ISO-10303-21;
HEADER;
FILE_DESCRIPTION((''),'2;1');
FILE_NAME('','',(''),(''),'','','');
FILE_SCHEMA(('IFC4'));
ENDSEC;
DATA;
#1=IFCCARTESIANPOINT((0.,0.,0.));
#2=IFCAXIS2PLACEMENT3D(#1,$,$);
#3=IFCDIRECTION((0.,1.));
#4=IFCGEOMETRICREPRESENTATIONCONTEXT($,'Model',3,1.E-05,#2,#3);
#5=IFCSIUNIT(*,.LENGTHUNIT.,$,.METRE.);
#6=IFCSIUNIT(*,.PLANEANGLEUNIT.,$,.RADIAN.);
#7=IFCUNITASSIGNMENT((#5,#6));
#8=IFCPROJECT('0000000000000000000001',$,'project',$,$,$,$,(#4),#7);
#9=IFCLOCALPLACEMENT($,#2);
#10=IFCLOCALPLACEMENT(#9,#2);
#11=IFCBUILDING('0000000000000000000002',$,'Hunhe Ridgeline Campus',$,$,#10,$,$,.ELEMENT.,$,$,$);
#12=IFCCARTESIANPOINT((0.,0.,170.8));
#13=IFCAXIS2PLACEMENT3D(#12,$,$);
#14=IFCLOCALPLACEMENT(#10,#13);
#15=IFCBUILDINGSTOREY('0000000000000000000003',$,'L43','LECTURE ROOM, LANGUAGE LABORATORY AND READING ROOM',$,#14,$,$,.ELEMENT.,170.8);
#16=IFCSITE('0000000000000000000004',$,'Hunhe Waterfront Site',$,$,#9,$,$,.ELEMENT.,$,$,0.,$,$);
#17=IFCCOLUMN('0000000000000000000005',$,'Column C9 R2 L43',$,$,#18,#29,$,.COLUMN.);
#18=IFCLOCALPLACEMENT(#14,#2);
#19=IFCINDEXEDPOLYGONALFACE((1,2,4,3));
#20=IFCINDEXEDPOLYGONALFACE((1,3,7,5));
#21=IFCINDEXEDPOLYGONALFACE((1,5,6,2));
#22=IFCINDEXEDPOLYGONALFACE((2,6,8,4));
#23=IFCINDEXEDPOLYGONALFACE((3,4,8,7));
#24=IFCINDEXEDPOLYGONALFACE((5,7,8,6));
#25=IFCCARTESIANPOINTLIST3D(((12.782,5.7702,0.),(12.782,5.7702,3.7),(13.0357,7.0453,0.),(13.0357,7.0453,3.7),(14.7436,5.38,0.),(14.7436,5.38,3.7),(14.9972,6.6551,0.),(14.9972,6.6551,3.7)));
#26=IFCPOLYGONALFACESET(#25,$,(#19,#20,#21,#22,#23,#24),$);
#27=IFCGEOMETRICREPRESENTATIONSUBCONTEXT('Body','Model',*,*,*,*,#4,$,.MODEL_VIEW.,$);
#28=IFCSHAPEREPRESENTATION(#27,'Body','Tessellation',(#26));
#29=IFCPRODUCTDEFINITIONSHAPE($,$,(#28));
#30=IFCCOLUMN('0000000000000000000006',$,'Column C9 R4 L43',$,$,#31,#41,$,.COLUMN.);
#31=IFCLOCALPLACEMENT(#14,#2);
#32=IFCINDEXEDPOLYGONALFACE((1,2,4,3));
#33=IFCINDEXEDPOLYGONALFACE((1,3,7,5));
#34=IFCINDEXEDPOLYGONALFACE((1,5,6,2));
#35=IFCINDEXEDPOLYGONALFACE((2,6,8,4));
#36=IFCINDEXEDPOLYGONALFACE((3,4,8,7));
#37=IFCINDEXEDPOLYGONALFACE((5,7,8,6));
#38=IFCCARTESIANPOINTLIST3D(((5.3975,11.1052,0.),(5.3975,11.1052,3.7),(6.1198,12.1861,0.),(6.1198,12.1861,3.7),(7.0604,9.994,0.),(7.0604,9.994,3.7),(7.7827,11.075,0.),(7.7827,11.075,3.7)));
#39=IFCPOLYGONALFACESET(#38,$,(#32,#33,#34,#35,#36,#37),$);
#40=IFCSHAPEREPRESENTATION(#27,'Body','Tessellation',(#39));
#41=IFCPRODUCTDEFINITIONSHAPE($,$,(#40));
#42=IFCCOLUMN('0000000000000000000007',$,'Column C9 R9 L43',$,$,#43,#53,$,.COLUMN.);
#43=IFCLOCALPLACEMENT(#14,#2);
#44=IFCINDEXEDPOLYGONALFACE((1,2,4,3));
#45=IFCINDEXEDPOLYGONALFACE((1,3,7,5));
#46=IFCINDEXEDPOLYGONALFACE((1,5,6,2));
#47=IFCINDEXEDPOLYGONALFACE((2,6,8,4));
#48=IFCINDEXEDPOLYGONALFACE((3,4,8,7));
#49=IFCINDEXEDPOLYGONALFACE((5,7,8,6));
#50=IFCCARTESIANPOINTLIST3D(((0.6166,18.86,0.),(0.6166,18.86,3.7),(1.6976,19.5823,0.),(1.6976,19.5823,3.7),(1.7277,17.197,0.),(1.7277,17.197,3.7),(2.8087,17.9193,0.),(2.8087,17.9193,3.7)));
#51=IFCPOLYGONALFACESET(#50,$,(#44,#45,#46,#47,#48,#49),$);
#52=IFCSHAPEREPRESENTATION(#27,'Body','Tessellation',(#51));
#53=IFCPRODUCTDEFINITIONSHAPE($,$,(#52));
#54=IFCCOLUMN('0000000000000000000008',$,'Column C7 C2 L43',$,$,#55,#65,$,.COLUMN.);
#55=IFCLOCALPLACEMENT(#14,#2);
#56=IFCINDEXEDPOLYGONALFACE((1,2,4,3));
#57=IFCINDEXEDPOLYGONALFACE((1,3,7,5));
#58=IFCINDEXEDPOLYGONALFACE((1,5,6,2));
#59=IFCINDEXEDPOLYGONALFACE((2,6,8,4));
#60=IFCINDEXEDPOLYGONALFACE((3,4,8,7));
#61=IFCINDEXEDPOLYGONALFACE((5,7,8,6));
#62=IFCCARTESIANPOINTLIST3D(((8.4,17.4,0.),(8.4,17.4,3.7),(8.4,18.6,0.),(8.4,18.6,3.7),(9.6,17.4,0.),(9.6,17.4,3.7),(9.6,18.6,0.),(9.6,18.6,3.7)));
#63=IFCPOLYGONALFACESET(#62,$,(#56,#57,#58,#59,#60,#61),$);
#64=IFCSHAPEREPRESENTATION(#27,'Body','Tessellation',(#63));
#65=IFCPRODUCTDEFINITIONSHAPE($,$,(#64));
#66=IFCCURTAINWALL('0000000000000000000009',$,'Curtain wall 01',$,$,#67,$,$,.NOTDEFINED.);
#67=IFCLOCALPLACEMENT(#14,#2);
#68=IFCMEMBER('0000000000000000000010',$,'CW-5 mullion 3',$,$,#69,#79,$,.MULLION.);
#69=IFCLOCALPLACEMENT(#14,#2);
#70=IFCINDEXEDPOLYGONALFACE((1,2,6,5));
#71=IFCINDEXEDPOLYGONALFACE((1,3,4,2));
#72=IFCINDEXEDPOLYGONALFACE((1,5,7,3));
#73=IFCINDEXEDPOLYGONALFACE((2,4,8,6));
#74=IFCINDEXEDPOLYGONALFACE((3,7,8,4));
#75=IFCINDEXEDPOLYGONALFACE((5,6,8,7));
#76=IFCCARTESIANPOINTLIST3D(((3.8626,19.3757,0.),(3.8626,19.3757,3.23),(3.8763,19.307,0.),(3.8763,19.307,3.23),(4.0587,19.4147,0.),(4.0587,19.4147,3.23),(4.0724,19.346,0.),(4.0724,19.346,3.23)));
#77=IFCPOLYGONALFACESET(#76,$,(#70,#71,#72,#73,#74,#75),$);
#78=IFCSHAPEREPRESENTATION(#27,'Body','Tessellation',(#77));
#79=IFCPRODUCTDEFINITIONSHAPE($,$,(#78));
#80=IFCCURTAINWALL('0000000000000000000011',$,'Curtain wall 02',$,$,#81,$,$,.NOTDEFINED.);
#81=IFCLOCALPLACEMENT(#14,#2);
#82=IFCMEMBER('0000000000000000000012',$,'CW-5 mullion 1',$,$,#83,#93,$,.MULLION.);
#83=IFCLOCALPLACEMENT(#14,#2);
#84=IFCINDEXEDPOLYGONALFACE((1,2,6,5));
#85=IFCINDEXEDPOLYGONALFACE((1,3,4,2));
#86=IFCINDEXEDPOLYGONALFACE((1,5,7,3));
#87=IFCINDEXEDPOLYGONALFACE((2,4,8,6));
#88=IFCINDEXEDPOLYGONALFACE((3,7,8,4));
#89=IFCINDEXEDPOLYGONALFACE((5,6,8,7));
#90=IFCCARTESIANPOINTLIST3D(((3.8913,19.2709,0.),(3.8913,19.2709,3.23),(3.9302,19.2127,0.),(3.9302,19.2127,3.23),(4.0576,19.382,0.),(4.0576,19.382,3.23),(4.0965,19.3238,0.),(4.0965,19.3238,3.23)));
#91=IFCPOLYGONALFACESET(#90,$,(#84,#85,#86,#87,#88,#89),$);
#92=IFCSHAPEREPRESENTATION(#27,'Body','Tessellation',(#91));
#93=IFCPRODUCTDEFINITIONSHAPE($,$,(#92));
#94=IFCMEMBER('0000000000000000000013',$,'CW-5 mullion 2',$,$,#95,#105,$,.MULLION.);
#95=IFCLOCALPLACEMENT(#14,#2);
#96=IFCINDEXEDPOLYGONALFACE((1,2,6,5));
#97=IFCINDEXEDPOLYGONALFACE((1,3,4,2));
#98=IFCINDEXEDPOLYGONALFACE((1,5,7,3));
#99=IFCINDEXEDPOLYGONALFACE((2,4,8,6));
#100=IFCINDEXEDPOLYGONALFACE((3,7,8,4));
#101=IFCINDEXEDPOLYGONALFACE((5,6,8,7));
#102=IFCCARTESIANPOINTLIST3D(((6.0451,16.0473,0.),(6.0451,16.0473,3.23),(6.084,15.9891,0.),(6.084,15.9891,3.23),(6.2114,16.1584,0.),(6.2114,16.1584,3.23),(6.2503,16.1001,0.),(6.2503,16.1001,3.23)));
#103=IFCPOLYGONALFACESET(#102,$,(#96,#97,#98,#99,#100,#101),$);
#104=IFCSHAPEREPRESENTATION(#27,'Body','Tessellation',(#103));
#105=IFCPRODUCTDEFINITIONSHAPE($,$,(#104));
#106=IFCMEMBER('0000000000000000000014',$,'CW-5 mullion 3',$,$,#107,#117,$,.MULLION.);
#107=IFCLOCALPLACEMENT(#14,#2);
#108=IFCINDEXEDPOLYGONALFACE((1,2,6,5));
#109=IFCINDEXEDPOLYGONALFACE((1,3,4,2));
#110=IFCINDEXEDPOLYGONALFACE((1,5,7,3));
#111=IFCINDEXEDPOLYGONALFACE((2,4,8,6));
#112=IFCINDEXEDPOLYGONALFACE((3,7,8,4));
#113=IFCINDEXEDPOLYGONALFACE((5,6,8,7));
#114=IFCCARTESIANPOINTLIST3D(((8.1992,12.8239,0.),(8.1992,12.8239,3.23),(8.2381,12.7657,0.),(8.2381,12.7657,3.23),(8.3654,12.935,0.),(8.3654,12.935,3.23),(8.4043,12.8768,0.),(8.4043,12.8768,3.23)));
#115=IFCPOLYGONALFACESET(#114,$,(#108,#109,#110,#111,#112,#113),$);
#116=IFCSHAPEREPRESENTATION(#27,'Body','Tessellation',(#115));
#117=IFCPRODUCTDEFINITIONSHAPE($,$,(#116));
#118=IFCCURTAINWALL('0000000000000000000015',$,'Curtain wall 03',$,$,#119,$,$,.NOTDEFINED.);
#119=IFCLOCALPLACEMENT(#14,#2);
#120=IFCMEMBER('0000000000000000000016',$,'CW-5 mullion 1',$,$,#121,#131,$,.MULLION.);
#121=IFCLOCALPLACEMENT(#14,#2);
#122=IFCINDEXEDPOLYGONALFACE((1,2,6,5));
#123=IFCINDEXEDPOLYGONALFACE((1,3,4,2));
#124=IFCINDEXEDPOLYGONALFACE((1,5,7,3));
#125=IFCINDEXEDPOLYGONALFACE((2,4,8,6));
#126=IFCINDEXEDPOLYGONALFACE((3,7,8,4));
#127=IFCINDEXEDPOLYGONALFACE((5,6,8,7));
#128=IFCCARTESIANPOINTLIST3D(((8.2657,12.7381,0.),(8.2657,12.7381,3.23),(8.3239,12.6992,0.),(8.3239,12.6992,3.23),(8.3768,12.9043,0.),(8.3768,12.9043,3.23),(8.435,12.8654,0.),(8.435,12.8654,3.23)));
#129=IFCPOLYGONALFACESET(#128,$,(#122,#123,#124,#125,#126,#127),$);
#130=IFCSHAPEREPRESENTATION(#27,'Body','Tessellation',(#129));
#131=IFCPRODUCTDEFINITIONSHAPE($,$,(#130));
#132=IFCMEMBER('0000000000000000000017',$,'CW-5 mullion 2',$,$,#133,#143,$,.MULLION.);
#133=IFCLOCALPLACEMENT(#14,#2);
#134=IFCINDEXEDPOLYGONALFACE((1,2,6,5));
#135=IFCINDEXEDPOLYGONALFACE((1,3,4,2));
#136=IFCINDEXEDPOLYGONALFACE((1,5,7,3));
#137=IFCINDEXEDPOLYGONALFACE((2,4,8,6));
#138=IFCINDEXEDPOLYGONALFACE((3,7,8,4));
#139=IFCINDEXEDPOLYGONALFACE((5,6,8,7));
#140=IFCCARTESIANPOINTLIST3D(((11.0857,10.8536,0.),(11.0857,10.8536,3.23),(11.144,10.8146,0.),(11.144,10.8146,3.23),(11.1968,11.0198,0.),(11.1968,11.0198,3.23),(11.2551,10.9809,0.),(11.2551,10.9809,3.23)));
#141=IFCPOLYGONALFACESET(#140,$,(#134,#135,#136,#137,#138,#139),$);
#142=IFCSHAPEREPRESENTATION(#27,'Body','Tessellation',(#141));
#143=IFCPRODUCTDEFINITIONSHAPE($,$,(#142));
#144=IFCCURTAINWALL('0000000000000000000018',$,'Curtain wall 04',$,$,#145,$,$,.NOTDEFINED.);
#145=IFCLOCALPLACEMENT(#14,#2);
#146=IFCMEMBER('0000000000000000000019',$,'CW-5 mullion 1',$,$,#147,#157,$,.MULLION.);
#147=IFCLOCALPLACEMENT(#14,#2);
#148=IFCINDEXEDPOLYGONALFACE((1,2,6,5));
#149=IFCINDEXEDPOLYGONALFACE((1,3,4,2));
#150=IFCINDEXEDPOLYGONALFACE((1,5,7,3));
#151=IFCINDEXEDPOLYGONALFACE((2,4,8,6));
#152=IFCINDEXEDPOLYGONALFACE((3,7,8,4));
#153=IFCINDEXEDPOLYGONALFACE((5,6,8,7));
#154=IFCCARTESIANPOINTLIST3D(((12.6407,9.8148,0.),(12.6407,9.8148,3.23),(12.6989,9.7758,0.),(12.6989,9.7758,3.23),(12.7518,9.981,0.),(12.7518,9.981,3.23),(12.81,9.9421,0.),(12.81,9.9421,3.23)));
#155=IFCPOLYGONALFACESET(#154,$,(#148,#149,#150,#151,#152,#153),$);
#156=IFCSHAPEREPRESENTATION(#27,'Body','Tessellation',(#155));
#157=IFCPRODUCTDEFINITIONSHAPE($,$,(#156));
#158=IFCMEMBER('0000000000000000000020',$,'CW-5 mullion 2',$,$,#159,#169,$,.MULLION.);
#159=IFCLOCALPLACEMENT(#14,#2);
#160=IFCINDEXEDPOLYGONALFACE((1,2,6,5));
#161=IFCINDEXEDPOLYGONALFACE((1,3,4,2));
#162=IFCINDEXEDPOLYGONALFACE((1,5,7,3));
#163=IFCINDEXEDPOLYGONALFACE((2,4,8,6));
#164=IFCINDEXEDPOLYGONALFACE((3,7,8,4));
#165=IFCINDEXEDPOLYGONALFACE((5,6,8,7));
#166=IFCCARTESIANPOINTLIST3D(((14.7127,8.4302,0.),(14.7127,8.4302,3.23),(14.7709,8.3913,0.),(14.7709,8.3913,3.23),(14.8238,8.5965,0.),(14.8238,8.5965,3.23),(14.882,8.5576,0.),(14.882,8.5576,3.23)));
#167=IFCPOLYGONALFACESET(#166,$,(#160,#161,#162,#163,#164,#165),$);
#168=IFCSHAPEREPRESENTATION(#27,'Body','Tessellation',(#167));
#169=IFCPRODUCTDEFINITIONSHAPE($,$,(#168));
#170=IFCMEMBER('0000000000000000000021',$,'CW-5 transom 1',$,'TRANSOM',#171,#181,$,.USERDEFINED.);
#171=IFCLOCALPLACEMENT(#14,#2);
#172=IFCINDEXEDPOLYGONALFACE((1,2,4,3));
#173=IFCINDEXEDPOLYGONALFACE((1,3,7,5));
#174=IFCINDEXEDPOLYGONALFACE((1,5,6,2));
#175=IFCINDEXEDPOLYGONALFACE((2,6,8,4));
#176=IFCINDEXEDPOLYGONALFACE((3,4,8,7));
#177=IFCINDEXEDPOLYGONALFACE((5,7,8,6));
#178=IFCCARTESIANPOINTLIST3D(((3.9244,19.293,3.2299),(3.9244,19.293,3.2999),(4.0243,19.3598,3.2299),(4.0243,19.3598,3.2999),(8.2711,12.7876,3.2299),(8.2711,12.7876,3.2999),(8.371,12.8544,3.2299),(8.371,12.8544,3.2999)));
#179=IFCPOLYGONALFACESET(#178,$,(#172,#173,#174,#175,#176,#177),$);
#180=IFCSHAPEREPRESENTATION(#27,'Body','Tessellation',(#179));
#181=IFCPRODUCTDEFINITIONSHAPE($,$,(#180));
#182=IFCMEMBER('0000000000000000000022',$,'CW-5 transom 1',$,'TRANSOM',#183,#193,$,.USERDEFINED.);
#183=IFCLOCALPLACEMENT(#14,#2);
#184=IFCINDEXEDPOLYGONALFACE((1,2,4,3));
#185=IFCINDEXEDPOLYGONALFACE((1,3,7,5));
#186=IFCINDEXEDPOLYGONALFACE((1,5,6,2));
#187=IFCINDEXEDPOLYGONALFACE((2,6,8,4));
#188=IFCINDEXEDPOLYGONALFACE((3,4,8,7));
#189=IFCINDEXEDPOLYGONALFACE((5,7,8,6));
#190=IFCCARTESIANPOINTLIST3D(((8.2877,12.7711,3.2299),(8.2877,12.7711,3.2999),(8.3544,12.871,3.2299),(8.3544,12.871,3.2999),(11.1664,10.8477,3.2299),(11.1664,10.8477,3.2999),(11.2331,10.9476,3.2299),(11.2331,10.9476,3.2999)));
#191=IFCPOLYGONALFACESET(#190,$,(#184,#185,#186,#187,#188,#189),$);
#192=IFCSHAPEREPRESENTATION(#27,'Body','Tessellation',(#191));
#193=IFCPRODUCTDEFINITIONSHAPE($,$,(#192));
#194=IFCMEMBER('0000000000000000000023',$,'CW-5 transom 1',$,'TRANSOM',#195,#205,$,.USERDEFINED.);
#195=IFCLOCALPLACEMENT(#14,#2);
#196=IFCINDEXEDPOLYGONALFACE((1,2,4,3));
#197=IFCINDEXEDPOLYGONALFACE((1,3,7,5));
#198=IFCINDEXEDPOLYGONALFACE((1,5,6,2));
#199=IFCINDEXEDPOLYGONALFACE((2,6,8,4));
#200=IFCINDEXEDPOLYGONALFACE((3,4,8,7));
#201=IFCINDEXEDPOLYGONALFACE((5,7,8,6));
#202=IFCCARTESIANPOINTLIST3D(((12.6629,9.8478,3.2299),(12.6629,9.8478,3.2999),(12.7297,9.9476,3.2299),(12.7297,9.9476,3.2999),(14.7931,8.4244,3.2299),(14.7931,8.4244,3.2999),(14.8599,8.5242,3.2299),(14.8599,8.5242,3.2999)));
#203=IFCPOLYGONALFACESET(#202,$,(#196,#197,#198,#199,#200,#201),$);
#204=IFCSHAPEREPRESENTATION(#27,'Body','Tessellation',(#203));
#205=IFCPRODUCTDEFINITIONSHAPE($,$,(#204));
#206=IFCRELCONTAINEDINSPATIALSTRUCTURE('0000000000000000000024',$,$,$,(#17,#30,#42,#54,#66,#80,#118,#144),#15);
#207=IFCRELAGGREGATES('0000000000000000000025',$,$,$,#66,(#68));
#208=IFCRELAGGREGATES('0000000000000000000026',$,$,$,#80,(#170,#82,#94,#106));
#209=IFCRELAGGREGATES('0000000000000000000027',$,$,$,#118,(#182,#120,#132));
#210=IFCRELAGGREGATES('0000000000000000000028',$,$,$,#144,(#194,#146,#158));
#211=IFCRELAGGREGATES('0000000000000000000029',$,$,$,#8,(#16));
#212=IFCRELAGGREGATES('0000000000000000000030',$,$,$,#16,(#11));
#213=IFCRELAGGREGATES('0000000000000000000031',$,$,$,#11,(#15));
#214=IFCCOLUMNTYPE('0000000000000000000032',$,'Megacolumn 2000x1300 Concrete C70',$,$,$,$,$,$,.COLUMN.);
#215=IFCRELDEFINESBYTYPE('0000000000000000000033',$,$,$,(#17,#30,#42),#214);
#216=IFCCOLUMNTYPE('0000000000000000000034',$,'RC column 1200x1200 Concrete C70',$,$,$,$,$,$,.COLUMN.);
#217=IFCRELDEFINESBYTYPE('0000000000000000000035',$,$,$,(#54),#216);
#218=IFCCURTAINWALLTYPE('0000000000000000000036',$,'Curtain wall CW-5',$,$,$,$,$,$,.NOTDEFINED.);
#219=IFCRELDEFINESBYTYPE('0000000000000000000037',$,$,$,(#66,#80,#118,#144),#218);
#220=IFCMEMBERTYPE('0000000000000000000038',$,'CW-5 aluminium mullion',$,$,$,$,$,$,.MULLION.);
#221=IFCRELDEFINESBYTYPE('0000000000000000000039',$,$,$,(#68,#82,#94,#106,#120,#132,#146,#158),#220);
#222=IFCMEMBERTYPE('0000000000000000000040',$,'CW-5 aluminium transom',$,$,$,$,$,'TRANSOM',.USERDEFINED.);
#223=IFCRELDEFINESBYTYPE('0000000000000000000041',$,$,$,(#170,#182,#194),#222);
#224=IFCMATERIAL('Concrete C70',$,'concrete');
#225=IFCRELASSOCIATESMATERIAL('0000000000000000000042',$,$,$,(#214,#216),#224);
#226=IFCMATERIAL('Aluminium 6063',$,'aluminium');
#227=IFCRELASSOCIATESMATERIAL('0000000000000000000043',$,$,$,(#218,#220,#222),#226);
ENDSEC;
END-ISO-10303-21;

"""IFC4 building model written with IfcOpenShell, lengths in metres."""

from ifc_helpers import new_model, si_unit, direction, frame, origin, origin_2d, place, context, subcontext, project, spatial, rectangle, extrude, material, material_profile, profile_set, type_object, element, aggregate, save


model = new_model("IFC4")

# Units and contexts
model_context = context("Model", 3, precision=1e-05, world=origin(), true_north=direction((0.0, 1.0)))
body_context = subcontext(model_context, "Body", "Model", "MODEL_VIEW")
ifc_project = project(units=[si_unit("LENGTHUNIT", "METRE"), si_unit("PLANEANGLEUNIT", "RADIAN")], contexts=[model_context])

# Site, building, storey
site_placement = place(None, origin())
site = spatial("IfcSite", under=ifc_project, at=site_placement, Name="Hunhe Waterfront Site", CompositionType="ELEMENT", RefElevation=0.0)
building_placement = place(site_placement, origin())
building = spatial("IfcBuilding", under=site, at=building_placement, Name="Hunhe Ridgeline Campus", CompositionType="ELEMENT")
storey_placement = place(building_placement, frame((0.0, 0.0, 170.8)))
storey = spatial("IfcBuildingStorey", under=building, at=storey_placement, Name="L43", Description="LECTURE ROOM, LANGUAGE LABORATORY AND READING ROOM", CompositionType="ELEMENT", Elevation=170.8)

# Columns
ifc_material_1 = material(Name="Concrete C70", Category="concrete")
ifc_material_profile_1 = material_profile(ifc_material_1, rectangle(XDim=2.0, YDim=1.3, at=origin_2d()))
ifc_profile_set_1 = profile_set([ifc_material_profile_1], Name="Concrete C70")
column_type_1 = type_object("IfcColumnType", Name="Megacolumn 2000x1300 Concrete C70", PredefinedType="COLUMN", material=ifc_profile_set_1)
for number, where, z_axis, x_axis, name in (
    (1, (13.8896, 6.2126, 0.0), (0.0, 0.0, 1.0), (-0.980785, 0.19509, 0.0), "Column C9 R2 L43"),
    (2, (6.5901, 11.0901, 0.0), (0.0, 0.0, 1.0), (-0.83147, 0.55557, 0.0), "Column C9 R4 L43"),
    (3, (1.7126, 18.3896, 0.0), (0.0, 0.0, 1.0), (-0.55557, 0.83147, 0.0), "Column C9 R9 L43"),
):
    element("IfcColumn", number, at=place(storey_placement, frame(where, z_axis=z_axis, x_axis=x_axis)), inside=storey, type_object=column_type_1, Name=name, PredefinedType="COLUMN", context=body_context, shape_type="SweptSolid", body=[
        extrude(rectangle(XDim=2.0, YDim=1.3, at=origin_2d()), origin(), (0.0, 0.0, 1.0), 3.7),
    ])
ifc_material_profile_2 = material_profile(ifc_material_1, rectangle(XDim=1.2, YDim=1.2, at=origin_2d()))
ifc_profile_set_2 = profile_set([ifc_material_profile_2], Name="Concrete C70")
column_type_2 = type_object("IfcColumnType", Name="RC column 1200x1200 Concrete C70", PredefinedType="COLUMN", material=ifc_profile_set_2)
column_placement = place(storey_placement, frame((9.0, 18.0, 0.0), z_axis=(0.0, 0.0, 1.0), x_axis=(1.0, 0.0, 0.0)))
element("IfcColumn", 4, at=column_placement, inside=storey, type_object=column_type_2, Name="Column C7 C2 L43", PredefinedType="COLUMN", context=body_context, shape_type="SweptSolid", body=[
    extrude(rectangle(XDim=1.2, YDim=1.2, at=origin_2d()), origin(), (0.0, 0.0, 1.0), 3.7),
])

# Curtain wall, member
ifc_material_2 = material(Name="Aluminium 6063", Category="aluminium")
curtain_wall_type = type_object("IfcCurtainWallType", Name="Curtain wall CW-5", PredefinedType="NOTDEFINED", material=ifc_material_2)
curtain_wall_1_placement = place(storey_placement, origin())
curtain_wall_1 = element("IfcCurtainWall", 5, at=curtain_wall_1_placement, inside=storey, type_object=curtain_wall_type, Name="Curtain wall 01", PredefinedType="NOTDEFINED")
ifc_material_profile_3 = material_profile(ifc_material_2, rectangle(XDim=0.2, YDim=0.0701, at=origin_2d()))
ifc_profile_set_3 = profile_set([ifc_material_profile_3], Name="Aluminium 6063")
member_type_1 = type_object("IfcMemberType", Name="CW-5 aluminium mullion", PredefinedType="MULLION", material=ifc_profile_set_3)
member_1_placement = place(storey_placement, frame((3.9675, 19.3608, 0.0), z_axis=(0.0, 0.0, 1.0), x_axis=(0.980784, 0.195095, 0.0)))
member_1 = element("IfcMember", 6, at=member_1_placement, type_object=member_type_1, Name="CW-5 mullion 3", PredefinedType="MULLION", context=body_context, shape_type="SweptSolid", body=[
    extrude(rectangle(XDim=0.2, YDim=0.0701, at=origin_2d()), origin(), (0.0, 0.0, 1.0), 3.23),
])
aggregate(curtain_wall_1, [member_1])

# Curtain walls, members
curtain_wall_2_placement = place(storey_placement, origin())
curtain_wall_2 = element("IfcCurtainWall", 7, at=curtain_wall_2_placement, inside=storey, type_object=curtain_wall_type, Name="Curtain wall 02", PredefinedType="NOTDEFINED")
member_2_placement = place(storey_placement, frame((3.9939, 19.2974, 0.0), z_axis=(0.0, 0.0, 1.0), x_axis=(0.83147, 0.55557, 0.0)))
member_2 = element("IfcMember", 8, at=member_2_placement, type_object=member_type_1, Name="CW-5 mullion 1", PredefinedType="MULLION", context=body_context, shape_type="SweptSolid", body=[
    extrude(rectangle(XDim=0.2, YDim=0.0701, at=origin_2d()), origin(), (0.0, 0.0, 1.0), 3.23),
])
member_3_placement = place(storey_placement, frame((6.1477, 16.0737, 0.0), z_axis=(0.0, 0.0, 1.0), x_axis=(0.83147, 0.55557, 0.0)))
member_3 = element("IfcMember", 9, at=member_3_placement, type_object=member_type_1, Name="CW-5 mullion 2", PredefinedType="MULLION", context=body_context, shape_type="SweptSolid", body=[
    extrude(rectangle(XDim=0.2, YDim=0.0701, at=origin_2d()), origin(), (0.0, 0.0, 1.0), 3.23),
])
member_4_placement = place(storey_placement, frame((8.3018, 12.8503, 0.0), z_axis=(0.0, 0.0, 1.0), x_axis=(0.83147, 0.55557, 0.0)))
member_4 = element("IfcMember", 10, at=member_4_placement, type_object=member_type_1, Name="CW-5 mullion 3", PredefinedType="MULLION", context=body_context, shape_type="SweptSolid", body=[
    extrude(rectangle(XDim=0.2, YDim=0.0701, at=origin_2d()), origin(), (0.0, 0.0, 1.0), 3.23),
])
curtain_wall_3_placement = place(storey_placement, origin())
curtain_wall_3 = element("IfcCurtainWall", 11, at=curtain_wall_3_placement, inside=storey, type_object=curtain_wall_type, Name="Curtain wall 03", PredefinedType="NOTDEFINED")
member_5_placement = place(storey_placement, frame((8.3503, 12.8018, 0.0), z_axis=(0.0, 0.0, 1.0), x_axis=(0.55557, 0.83147, 0.0)))
member_5 = element("IfcMember", 12, at=member_5_placement, type_object=member_type_1, Name="CW-5 mullion 1", PredefinedType="MULLION", context=body_context, shape_type="SweptSolid", body=[
    extrude(rectangle(XDim=0.2, YDim=0.0701, at=origin_2d()), origin(), (0.0, 0.0, 1.0), 3.23),
])
member_6_placement = place(storey_placement, frame((11.1704, 10.9172, 0.0), z_axis=(0.0, 0.0, 1.0), x_axis=(0.55557, 0.83147, 0.0)))
member_6 = element("IfcMember", 13, at=member_6_placement, type_object=member_type_1, Name="CW-5 mullion 2", PredefinedType="MULLION", context=body_context, shape_type="SweptSolid", body=[
    extrude(rectangle(XDim=0.2, YDim=0.0701, at=origin_2d()), origin(), (0.0, 0.0, 1.0), 3.23),
])
curtain_wall_4_placement = place(storey_placement, origin())
curtain_wall_4 = element("IfcCurtainWall", 14, at=curtain_wall_4_placement, inside=storey, type_object=curtain_wall_type, Name="Curtain wall 04", PredefinedType="NOTDEFINED")
member_7_placement = place(storey_placement, frame((12.7253, 9.8784, 0.0), z_axis=(0.0, 0.0, 1.0), x_axis=(0.55557, 0.83147, 0.0)))
member_7 = element("IfcMember", 15, at=member_7_placement, type_object=member_type_1, Name="CW-5 mullion 1", PredefinedType="MULLION", context=body_context, shape_type="SweptSolid", body=[
    extrude(rectangle(XDim=0.2, YDim=0.0701, at=origin_2d()), origin(), (0.0, 0.0, 1.0), 3.23),
])
member_8_placement = place(storey_placement, frame((14.7974, 8.4939, 0.0), z_axis=(0.0, 0.0, 1.0), x_axis=(0.55557, 0.83147, 0.0)))
member_8 = element("IfcMember", 16, at=member_8_placement, type_object=member_type_1, Name="CW-5 mullion 2", PredefinedType="MULLION", context=body_context, shape_type="SweptSolid", body=[
    extrude(rectangle(XDim=0.2, YDim=0.0701, at=origin_2d()), origin(), (0.0, 0.0, 1.0), 3.23),
])

# Members
ifc_material_profile_4 = material_profile(ifc_material_2, rectangle(XDim=0.1201, YDim=0.0701, at=origin_2d()))
ifc_profile_set_4 = profile_set([ifc_material_profile_4], Name="Aluminium 6063")
member_type_2 = type_object("IfcMemberType", Name="CW-5 aluminium transom", ElementType="TRANSOM", PredefinedType="USERDEFINED", material=ifc_profile_set_4)
member_9_placement = place(storey_placement, frame((3.9744, 19.3264, 3.2649), z_axis=(0.555564, -0.831474, 0.0), x_axis=(0.831474, 0.555564, 0.0)))
member_9 = element("IfcMember", 17, at=member_9_placement, type_object=member_type_2, Name="CW-5 transom 1", ObjectType="TRANSOM", PredefinedType="USERDEFINED", context=body_context, shape_type="SweptSolid", body=[
    extrude(rectangle(XDim=0.1201, YDim=0.0701, at=origin_2d()), origin(), (0.0, 0.0, 1.0), 7.824),
])
member_10_placement = place(storey_placement, frame((8.321, 12.821, 3.2649), z_axis=(0.831486, -0.555546, 0.0), x_axis=(0.555546, 0.831486, 0.0)))
member_10 = element("IfcMember", 18, at=member_10_placement, type_object=member_type_2, Name="CW-5 transom 1", ObjectType="TRANSOM", PredefinedType="USERDEFINED", context=body_context, shape_type="SweptSolid", body=[
    extrude(rectangle(XDim=0.1201, YDim=0.0701, at=origin_2d()), origin(), (0.0, 0.0, 1.0), 3.4622),
])
member_11_placement = place(storey_placement, frame((12.6963, 9.8977, 3.2649), z_axis=(0.831463, -0.55558, 0.0), x_axis=(0.55558, 0.831463, 0.0)))
member_11 = element("IfcMember", 19, at=member_11_placement, type_object=member_type_2, Name="CW-5 transom 1", ObjectType="TRANSOM", PredefinedType="USERDEFINED", context=body_context, shape_type="SweptSolid", body=[
    extrude(rectangle(XDim=0.1201, YDim=0.0701, at=origin_2d()), origin(), (0.0, 0.0, 1.0), 2.562),
])

aggregate(curtain_wall_2, [member_9, member_2, member_3, member_4])
aggregate(curtain_wall_3, [member_10, member_5, member_6])
aggregate(curtain_wall_4, [member_11, member_7, member_8])

save(model, "model.ifc")
